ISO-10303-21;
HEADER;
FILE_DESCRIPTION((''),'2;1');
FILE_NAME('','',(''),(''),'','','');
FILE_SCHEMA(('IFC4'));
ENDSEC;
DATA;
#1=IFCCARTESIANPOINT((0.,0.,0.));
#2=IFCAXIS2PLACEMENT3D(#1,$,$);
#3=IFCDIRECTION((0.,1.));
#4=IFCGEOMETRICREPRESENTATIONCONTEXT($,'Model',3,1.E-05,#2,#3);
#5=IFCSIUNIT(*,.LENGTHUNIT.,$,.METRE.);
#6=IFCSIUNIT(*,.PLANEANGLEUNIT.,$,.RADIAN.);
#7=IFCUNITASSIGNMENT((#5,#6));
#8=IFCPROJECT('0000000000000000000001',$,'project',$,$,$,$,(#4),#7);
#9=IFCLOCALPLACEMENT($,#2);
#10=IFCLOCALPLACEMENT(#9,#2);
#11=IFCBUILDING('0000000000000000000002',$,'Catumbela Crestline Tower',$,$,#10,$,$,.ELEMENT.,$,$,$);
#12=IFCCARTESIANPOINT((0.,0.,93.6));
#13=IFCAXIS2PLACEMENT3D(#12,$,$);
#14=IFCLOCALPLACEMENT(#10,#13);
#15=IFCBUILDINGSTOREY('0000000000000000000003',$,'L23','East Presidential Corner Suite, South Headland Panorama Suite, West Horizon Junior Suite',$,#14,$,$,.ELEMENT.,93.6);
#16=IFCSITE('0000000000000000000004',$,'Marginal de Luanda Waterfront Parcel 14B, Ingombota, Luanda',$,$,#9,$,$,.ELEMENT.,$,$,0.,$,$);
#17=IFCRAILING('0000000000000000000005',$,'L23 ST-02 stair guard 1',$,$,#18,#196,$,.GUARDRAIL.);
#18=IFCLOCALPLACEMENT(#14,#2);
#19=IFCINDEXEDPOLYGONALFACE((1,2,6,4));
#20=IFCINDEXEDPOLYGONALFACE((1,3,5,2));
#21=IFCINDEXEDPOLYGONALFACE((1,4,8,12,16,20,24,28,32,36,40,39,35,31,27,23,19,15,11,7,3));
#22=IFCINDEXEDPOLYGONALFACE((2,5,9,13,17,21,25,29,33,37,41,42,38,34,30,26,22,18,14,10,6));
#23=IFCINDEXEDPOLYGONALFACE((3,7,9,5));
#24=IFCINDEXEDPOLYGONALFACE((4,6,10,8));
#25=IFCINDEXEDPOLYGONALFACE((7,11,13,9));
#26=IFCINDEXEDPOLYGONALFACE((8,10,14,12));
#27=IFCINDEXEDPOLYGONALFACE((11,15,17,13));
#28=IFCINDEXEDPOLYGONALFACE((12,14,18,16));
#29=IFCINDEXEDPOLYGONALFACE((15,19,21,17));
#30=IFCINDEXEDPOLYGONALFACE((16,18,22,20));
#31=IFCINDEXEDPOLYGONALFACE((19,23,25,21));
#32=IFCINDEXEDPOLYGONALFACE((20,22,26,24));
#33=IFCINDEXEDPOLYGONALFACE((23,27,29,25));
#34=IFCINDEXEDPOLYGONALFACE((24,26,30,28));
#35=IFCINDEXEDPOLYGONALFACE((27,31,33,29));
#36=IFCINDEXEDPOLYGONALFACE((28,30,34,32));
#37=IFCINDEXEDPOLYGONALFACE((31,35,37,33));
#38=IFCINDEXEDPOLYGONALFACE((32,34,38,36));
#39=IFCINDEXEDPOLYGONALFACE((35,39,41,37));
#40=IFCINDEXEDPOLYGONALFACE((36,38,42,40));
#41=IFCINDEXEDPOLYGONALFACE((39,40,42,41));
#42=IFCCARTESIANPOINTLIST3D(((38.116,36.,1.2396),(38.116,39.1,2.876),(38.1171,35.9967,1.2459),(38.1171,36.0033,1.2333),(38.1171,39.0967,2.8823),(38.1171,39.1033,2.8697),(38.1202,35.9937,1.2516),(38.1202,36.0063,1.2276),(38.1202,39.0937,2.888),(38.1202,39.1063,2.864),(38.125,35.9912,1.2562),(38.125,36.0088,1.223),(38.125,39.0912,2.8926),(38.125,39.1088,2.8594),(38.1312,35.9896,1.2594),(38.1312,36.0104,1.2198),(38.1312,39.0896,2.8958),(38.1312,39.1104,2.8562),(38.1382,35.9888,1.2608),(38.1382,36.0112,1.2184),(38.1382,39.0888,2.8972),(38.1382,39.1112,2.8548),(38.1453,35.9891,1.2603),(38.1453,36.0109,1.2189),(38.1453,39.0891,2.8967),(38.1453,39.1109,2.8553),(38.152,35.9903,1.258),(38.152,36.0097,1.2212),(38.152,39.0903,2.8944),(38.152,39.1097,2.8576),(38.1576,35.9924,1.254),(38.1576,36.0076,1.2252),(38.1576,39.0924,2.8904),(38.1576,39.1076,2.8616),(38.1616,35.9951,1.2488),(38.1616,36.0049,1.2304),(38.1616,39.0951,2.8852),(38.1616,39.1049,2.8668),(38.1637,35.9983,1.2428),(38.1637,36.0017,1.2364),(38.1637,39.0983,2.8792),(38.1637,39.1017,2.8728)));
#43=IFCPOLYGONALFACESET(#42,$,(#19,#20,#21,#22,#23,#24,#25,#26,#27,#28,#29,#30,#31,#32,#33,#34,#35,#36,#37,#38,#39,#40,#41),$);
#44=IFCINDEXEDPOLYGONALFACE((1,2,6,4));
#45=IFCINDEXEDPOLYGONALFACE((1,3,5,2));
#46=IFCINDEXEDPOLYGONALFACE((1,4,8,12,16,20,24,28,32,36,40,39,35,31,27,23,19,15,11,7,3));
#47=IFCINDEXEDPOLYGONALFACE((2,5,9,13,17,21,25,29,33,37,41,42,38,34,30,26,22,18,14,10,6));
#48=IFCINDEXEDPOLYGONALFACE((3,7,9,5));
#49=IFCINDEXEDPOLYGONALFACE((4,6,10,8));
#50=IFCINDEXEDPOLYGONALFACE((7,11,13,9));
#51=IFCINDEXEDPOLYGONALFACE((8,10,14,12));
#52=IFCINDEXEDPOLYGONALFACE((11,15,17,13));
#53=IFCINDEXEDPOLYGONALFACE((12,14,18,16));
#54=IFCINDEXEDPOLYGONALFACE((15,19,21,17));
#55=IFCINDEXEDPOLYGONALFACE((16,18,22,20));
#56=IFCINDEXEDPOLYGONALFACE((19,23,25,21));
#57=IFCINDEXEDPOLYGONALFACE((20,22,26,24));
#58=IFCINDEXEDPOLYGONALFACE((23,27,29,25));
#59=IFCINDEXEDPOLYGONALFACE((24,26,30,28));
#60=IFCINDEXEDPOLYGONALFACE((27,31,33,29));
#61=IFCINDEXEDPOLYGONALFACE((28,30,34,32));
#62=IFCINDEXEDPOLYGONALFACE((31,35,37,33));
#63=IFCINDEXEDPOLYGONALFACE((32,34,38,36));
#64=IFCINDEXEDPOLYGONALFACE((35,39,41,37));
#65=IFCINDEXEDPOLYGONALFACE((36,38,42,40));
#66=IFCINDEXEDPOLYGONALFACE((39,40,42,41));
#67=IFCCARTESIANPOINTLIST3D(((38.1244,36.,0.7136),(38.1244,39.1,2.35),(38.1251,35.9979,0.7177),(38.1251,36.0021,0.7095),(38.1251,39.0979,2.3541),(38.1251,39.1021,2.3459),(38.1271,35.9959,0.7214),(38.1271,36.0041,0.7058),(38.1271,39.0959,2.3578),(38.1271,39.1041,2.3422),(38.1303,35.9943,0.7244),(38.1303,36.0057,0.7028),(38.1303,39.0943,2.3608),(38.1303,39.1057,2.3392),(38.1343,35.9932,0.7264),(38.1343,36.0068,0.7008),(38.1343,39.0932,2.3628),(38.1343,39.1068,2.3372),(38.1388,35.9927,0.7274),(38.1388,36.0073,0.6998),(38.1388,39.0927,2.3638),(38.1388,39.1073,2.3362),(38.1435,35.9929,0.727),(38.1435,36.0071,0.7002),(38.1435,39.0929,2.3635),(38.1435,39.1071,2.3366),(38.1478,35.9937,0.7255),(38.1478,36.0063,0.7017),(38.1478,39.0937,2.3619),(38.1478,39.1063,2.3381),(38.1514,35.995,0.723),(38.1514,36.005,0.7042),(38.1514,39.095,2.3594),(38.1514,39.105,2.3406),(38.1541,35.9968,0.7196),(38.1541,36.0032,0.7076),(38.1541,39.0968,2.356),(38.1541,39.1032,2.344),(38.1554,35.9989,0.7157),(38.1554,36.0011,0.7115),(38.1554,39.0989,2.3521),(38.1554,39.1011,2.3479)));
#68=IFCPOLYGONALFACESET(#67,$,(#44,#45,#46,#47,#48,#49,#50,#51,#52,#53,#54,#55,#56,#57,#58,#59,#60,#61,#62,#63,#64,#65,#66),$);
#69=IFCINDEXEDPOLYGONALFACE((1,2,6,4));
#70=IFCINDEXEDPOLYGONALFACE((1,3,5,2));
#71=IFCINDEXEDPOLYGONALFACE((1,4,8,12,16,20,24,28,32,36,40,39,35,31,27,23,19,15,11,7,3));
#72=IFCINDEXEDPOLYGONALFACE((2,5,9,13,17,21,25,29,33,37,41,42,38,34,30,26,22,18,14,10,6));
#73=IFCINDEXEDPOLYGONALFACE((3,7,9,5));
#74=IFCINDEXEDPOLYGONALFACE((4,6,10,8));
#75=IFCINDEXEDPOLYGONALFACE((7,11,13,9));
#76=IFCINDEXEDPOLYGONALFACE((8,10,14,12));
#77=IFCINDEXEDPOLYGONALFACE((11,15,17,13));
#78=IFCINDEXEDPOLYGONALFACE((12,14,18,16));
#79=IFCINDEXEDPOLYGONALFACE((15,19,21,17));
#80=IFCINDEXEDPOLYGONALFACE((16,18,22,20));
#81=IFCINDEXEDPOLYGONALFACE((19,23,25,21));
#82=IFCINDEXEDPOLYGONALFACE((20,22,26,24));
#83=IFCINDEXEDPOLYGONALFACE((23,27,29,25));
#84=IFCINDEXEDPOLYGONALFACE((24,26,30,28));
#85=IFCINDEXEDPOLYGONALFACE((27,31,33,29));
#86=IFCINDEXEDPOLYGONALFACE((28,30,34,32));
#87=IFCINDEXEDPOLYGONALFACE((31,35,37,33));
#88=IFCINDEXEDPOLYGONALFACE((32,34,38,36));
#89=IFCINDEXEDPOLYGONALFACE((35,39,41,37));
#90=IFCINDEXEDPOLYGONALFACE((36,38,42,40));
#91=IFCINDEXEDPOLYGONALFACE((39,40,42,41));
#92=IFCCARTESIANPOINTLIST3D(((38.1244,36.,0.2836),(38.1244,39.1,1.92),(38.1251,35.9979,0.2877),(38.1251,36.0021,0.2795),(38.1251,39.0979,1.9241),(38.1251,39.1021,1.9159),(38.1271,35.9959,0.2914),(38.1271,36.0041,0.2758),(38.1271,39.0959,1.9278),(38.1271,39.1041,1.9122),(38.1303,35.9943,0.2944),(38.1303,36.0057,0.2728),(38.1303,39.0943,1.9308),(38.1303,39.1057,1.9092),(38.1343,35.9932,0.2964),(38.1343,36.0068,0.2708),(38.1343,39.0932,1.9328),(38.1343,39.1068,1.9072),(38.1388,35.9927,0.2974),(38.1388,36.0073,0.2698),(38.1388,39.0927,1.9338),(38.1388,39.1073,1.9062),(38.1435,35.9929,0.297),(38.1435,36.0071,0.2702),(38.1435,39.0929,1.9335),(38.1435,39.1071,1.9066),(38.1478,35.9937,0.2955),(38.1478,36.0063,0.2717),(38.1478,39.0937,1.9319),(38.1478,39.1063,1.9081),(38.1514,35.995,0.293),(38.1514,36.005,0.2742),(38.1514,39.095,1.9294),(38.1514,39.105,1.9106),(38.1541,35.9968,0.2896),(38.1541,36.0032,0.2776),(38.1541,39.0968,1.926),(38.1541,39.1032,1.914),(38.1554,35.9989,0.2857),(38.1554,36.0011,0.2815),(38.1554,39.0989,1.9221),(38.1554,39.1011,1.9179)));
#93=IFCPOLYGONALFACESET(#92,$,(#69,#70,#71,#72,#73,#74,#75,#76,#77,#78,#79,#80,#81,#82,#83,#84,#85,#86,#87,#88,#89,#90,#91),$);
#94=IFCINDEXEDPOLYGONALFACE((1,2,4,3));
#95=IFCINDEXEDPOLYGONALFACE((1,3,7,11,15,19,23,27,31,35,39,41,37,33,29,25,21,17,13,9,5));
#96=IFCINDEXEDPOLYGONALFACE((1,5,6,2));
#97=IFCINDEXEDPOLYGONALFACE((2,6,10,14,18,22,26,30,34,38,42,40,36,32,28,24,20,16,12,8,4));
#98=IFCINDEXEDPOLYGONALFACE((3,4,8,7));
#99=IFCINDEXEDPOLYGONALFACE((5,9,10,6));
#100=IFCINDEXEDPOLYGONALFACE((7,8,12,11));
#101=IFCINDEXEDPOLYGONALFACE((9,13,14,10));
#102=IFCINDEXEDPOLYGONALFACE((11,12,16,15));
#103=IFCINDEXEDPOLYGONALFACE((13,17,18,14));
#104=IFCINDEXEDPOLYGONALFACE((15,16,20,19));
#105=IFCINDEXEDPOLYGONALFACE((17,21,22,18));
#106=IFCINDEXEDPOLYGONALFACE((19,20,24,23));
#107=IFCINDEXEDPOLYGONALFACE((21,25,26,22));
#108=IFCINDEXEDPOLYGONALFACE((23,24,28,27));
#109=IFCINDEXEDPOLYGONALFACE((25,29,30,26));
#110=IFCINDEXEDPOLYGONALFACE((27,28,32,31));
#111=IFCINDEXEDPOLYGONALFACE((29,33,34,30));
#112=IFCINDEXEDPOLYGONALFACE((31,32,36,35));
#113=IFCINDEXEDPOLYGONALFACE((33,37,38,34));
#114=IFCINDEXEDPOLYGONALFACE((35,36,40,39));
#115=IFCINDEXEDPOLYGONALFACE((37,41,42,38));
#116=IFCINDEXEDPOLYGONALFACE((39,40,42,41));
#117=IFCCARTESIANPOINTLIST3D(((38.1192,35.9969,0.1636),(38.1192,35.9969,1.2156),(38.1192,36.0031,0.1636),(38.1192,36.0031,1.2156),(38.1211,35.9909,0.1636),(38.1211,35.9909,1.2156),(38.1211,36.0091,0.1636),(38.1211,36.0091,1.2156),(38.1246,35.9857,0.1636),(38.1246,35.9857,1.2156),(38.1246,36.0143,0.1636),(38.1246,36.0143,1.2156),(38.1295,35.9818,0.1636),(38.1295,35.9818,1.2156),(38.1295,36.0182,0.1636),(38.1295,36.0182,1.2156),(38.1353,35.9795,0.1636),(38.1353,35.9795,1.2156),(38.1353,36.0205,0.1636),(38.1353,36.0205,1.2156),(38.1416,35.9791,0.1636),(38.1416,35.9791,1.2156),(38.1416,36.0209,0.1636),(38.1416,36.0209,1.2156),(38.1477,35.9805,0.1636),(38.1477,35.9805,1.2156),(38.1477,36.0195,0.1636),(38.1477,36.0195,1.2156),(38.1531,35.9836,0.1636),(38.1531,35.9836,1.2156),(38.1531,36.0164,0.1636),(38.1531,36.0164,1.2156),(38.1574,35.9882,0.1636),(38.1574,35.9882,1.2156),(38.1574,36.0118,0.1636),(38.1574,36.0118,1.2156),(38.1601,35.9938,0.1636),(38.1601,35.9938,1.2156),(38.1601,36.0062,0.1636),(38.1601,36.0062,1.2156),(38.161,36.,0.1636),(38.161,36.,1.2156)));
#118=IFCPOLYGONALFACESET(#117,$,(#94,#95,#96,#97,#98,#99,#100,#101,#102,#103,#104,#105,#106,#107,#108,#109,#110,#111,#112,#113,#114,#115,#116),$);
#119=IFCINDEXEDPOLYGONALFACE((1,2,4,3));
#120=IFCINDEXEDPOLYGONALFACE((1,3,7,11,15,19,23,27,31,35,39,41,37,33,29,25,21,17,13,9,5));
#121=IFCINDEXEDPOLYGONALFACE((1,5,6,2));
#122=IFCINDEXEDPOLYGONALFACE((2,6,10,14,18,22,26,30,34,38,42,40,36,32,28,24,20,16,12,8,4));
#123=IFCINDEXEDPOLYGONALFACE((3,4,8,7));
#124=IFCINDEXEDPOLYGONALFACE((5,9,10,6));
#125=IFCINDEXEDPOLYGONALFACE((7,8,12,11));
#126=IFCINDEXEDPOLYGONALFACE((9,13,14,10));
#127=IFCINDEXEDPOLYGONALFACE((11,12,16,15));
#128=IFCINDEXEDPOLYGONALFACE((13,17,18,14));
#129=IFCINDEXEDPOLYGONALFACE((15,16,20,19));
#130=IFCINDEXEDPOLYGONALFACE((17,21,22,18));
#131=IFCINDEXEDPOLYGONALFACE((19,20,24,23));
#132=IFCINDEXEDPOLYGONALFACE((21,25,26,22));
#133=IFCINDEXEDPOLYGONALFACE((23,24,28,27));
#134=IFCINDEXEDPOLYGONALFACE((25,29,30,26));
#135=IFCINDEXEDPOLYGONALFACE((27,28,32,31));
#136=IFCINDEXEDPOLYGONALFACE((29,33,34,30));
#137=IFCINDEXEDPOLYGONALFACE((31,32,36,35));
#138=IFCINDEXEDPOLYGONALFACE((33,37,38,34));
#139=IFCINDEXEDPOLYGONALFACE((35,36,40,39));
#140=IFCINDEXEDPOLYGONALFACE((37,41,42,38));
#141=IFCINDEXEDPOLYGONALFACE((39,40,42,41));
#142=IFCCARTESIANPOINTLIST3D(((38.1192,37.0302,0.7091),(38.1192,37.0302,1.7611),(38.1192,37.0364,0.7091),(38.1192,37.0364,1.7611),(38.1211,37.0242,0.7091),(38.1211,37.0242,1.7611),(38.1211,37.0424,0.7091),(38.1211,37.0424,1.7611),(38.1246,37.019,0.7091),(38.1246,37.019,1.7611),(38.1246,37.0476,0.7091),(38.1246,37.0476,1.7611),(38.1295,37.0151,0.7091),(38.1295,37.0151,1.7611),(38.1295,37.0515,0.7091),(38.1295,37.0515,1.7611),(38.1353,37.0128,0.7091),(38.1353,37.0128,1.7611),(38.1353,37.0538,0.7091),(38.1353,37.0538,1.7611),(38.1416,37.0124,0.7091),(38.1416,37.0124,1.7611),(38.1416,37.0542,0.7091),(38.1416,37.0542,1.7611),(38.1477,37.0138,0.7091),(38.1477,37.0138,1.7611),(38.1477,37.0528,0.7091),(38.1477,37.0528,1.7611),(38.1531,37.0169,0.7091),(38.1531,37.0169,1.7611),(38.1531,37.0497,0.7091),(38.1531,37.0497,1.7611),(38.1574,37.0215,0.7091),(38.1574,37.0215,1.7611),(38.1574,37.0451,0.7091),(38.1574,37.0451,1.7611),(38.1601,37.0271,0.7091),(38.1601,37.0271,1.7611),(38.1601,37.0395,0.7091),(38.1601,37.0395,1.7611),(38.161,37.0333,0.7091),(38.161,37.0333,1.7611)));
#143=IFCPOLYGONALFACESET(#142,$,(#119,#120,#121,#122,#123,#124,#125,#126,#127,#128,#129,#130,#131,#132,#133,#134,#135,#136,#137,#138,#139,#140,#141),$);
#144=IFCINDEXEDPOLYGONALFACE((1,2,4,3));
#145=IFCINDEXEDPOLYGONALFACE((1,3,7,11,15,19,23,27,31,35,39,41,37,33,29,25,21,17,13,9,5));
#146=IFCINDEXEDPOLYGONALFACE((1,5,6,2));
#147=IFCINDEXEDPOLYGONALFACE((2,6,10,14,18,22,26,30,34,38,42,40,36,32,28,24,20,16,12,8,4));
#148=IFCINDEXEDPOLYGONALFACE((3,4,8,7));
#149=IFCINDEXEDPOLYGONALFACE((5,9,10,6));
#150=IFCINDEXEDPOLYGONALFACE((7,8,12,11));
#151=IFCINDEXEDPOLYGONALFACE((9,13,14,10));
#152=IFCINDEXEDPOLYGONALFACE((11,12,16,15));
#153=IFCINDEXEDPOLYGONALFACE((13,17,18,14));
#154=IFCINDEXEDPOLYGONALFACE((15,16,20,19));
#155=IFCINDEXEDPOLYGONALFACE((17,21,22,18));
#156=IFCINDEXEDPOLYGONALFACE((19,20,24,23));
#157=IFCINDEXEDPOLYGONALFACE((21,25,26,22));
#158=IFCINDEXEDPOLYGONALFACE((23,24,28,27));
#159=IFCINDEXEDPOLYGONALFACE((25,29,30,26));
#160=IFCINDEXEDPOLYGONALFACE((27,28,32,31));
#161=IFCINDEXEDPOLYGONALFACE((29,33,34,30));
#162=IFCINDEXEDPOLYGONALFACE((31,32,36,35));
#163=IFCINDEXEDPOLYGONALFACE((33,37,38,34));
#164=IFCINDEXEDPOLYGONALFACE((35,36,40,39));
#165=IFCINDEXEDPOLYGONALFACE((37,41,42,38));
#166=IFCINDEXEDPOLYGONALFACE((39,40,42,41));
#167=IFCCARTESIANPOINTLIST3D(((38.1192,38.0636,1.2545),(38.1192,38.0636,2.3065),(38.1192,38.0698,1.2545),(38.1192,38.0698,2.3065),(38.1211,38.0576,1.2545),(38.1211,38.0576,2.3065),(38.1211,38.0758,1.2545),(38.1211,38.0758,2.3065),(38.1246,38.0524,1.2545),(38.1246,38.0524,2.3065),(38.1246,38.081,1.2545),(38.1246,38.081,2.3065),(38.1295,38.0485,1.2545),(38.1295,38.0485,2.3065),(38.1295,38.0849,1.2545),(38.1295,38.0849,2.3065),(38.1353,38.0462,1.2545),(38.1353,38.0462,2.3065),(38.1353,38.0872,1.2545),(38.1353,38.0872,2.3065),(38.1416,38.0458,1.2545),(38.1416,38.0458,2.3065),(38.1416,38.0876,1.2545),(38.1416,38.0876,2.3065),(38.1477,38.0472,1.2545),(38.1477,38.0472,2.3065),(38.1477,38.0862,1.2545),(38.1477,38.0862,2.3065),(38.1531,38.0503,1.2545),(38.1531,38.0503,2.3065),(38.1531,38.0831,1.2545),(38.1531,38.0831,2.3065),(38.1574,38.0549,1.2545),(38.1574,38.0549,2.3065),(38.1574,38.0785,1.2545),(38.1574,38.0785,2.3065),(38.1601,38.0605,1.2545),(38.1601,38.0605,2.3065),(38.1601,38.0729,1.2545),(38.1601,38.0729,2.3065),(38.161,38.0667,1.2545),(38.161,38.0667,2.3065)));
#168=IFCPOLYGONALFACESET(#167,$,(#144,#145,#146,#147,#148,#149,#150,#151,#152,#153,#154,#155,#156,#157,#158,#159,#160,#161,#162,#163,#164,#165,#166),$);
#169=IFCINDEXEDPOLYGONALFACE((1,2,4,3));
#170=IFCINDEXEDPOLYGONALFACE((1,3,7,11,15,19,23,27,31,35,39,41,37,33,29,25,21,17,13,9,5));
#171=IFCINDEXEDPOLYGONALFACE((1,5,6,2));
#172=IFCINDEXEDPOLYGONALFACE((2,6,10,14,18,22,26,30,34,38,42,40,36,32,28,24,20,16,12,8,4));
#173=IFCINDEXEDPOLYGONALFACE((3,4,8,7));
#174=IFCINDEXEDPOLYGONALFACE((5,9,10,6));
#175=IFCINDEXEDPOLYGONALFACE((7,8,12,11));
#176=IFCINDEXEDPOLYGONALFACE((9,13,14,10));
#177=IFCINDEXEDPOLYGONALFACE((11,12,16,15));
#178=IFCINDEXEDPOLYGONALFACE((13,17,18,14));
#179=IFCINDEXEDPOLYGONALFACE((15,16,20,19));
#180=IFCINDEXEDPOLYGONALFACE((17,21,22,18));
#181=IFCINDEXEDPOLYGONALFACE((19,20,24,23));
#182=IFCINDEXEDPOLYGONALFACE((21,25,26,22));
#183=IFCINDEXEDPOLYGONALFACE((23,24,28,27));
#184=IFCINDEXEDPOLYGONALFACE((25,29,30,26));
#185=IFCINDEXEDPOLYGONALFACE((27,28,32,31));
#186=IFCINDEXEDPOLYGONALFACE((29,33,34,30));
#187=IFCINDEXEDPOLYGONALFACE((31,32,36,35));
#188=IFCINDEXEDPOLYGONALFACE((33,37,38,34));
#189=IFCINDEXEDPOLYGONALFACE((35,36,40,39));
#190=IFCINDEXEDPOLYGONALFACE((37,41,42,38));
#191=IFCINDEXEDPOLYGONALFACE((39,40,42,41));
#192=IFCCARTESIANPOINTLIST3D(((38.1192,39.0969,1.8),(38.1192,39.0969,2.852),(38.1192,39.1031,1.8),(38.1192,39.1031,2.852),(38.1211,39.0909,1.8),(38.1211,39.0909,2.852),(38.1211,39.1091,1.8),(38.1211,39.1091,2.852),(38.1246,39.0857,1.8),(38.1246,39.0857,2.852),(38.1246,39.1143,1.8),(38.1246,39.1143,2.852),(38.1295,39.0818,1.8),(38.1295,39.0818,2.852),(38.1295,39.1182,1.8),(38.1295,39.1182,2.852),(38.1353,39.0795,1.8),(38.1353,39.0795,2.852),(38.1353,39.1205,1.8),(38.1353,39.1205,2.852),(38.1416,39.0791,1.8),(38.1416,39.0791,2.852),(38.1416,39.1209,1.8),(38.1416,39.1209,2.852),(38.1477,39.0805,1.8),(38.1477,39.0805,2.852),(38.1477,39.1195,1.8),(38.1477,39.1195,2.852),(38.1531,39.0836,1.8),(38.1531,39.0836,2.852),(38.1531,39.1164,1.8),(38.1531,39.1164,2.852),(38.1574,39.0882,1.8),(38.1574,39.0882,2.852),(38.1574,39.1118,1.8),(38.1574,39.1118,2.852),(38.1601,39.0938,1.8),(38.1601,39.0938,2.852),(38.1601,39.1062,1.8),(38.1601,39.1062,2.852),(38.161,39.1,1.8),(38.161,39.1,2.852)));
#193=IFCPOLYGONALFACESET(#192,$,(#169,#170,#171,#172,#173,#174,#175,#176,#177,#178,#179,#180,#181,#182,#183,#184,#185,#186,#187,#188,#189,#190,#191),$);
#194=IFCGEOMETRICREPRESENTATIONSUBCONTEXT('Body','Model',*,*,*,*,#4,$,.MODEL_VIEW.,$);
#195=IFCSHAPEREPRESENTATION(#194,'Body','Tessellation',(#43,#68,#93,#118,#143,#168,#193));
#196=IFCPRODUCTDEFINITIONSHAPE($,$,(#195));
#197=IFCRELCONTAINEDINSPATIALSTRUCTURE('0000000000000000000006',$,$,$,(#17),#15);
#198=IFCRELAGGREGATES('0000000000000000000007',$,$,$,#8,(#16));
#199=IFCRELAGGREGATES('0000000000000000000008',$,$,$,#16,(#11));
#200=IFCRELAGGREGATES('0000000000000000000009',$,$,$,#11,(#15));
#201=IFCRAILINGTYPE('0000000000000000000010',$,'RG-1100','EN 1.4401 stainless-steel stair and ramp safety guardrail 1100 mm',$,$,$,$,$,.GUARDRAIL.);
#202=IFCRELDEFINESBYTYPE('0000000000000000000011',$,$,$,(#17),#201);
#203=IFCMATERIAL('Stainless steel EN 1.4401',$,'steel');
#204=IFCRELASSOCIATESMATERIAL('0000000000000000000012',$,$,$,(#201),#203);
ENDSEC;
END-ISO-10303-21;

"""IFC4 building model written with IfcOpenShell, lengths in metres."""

from ifc_helpers import new_model, si_unit, direction, frame, origin, origin_2d, place, context, subcontext, project, spatial, circle, extrude, material, type_object, element, save


model = new_model("IFC4")

# Units and contexts
model_context = context("Model", 3, precision=1e-05, world=origin(), true_north=direction((0.0, 1.0)))
body_context = subcontext(model_context, "Body", "Model", "MODEL_VIEW")
ifc_project = project(units=[si_unit("LENGTHUNIT", "METRE"), si_unit("PLANEANGLEUNIT", "RADIAN")], contexts=[model_context])

# Site, building, storey
site_placement = place(None, origin())
site = spatial("IfcSite", under=ifc_project, at=site_placement, Name="Marginal de Luanda Waterfront Parcel 14B, Ingombota, Luanda", CompositionType="ELEMENT", RefElevation=0.0)
building_placement = place(site_placement, origin())
building = spatial("IfcBuilding", under=site, at=building_placement, Name="Catumbela Crestline Tower", CompositionType="ELEMENT")
storey_placement = place(building_placement, frame((0.0, 0.0, 93.6)))
storey = spatial("IfcBuildingStorey", under=building, at=storey_placement, Name="L23", Description="East Presidential Corner Suite, South Headland Panorama Suite, West Horizon Junior Suite", CompositionType="ELEMENT", Elevation=93.6)

# Shared definitions
ifc_material_1 = material(Name="Stainless steel EN 1.4401", Category="steel")

# Railing
railing_type_1 = type_object("IfcRailingType", Name="RG-1100", Description="EN 1.4401 stainless-steel stair and ramp safety guardrail 1100 mm", PredefinedType="GUARDRAIL", material=ifc_material_1)
railing_1_placement = place(storey_placement, frame((38.14, 36.0, 0.1636)))
element("IfcRailing", 1, at=railing_1_placement, inside=storey, type_object=railing_type_1, Name="L23 ST-02 stair guard 1", PredefinedType="GUARDRAIL", context=body_context, shape_type="SweptSolid", body=[
    extrude(circle(Radius=0.024, at=origin_2d()), frame((0.0, 0.0, 1.076), z_axis=(0.0, 0.884351, 0.466823), x_axis=(-1.0, 0.0, 0.0)), (0.0, 0.0, 1.0), 3.5054),
    extrude(circle(Radius=0.0156, at=origin_2d()), frame((0.0, 0.0, 0.55), z_axis=(0.0, 0.884351, 0.466823), x_axis=(-1.0, 0.0, 0.0)), (0.0, 0.0, 1.0), 3.5054),
    extrude(circle(Radius=0.0156, at=origin_2d()), frame((0.0, 0.0, 0.12), z_axis=(0.0, 0.884351, 0.466823), x_axis=(-1.0, 0.0, 0.0)), (0.0, 0.0, 1.0), 3.5054),
    extrude(circle(Radius=0.021, at=origin_2d()), origin(), (0.0, 0.0, 1.0), 1.052),
    extrude(circle(Radius=0.021, at=origin_2d()), frame((0.0, 1.0333, 0.5455)), (0.0, 0.0, 1.0), 1.052),
    extrude(circle(Radius=0.021, at=origin_2d()), frame((0.0, 2.0667, 1.0909)), (0.0, 0.0, 1.0), 1.052),
    extrude(circle(Radius=0.021, at=origin_2d()), frame((0.0, 3.1, 1.6364)), (0.0, 0.0, 1.0), 1.052),
])

save(model, "model.ifc")
